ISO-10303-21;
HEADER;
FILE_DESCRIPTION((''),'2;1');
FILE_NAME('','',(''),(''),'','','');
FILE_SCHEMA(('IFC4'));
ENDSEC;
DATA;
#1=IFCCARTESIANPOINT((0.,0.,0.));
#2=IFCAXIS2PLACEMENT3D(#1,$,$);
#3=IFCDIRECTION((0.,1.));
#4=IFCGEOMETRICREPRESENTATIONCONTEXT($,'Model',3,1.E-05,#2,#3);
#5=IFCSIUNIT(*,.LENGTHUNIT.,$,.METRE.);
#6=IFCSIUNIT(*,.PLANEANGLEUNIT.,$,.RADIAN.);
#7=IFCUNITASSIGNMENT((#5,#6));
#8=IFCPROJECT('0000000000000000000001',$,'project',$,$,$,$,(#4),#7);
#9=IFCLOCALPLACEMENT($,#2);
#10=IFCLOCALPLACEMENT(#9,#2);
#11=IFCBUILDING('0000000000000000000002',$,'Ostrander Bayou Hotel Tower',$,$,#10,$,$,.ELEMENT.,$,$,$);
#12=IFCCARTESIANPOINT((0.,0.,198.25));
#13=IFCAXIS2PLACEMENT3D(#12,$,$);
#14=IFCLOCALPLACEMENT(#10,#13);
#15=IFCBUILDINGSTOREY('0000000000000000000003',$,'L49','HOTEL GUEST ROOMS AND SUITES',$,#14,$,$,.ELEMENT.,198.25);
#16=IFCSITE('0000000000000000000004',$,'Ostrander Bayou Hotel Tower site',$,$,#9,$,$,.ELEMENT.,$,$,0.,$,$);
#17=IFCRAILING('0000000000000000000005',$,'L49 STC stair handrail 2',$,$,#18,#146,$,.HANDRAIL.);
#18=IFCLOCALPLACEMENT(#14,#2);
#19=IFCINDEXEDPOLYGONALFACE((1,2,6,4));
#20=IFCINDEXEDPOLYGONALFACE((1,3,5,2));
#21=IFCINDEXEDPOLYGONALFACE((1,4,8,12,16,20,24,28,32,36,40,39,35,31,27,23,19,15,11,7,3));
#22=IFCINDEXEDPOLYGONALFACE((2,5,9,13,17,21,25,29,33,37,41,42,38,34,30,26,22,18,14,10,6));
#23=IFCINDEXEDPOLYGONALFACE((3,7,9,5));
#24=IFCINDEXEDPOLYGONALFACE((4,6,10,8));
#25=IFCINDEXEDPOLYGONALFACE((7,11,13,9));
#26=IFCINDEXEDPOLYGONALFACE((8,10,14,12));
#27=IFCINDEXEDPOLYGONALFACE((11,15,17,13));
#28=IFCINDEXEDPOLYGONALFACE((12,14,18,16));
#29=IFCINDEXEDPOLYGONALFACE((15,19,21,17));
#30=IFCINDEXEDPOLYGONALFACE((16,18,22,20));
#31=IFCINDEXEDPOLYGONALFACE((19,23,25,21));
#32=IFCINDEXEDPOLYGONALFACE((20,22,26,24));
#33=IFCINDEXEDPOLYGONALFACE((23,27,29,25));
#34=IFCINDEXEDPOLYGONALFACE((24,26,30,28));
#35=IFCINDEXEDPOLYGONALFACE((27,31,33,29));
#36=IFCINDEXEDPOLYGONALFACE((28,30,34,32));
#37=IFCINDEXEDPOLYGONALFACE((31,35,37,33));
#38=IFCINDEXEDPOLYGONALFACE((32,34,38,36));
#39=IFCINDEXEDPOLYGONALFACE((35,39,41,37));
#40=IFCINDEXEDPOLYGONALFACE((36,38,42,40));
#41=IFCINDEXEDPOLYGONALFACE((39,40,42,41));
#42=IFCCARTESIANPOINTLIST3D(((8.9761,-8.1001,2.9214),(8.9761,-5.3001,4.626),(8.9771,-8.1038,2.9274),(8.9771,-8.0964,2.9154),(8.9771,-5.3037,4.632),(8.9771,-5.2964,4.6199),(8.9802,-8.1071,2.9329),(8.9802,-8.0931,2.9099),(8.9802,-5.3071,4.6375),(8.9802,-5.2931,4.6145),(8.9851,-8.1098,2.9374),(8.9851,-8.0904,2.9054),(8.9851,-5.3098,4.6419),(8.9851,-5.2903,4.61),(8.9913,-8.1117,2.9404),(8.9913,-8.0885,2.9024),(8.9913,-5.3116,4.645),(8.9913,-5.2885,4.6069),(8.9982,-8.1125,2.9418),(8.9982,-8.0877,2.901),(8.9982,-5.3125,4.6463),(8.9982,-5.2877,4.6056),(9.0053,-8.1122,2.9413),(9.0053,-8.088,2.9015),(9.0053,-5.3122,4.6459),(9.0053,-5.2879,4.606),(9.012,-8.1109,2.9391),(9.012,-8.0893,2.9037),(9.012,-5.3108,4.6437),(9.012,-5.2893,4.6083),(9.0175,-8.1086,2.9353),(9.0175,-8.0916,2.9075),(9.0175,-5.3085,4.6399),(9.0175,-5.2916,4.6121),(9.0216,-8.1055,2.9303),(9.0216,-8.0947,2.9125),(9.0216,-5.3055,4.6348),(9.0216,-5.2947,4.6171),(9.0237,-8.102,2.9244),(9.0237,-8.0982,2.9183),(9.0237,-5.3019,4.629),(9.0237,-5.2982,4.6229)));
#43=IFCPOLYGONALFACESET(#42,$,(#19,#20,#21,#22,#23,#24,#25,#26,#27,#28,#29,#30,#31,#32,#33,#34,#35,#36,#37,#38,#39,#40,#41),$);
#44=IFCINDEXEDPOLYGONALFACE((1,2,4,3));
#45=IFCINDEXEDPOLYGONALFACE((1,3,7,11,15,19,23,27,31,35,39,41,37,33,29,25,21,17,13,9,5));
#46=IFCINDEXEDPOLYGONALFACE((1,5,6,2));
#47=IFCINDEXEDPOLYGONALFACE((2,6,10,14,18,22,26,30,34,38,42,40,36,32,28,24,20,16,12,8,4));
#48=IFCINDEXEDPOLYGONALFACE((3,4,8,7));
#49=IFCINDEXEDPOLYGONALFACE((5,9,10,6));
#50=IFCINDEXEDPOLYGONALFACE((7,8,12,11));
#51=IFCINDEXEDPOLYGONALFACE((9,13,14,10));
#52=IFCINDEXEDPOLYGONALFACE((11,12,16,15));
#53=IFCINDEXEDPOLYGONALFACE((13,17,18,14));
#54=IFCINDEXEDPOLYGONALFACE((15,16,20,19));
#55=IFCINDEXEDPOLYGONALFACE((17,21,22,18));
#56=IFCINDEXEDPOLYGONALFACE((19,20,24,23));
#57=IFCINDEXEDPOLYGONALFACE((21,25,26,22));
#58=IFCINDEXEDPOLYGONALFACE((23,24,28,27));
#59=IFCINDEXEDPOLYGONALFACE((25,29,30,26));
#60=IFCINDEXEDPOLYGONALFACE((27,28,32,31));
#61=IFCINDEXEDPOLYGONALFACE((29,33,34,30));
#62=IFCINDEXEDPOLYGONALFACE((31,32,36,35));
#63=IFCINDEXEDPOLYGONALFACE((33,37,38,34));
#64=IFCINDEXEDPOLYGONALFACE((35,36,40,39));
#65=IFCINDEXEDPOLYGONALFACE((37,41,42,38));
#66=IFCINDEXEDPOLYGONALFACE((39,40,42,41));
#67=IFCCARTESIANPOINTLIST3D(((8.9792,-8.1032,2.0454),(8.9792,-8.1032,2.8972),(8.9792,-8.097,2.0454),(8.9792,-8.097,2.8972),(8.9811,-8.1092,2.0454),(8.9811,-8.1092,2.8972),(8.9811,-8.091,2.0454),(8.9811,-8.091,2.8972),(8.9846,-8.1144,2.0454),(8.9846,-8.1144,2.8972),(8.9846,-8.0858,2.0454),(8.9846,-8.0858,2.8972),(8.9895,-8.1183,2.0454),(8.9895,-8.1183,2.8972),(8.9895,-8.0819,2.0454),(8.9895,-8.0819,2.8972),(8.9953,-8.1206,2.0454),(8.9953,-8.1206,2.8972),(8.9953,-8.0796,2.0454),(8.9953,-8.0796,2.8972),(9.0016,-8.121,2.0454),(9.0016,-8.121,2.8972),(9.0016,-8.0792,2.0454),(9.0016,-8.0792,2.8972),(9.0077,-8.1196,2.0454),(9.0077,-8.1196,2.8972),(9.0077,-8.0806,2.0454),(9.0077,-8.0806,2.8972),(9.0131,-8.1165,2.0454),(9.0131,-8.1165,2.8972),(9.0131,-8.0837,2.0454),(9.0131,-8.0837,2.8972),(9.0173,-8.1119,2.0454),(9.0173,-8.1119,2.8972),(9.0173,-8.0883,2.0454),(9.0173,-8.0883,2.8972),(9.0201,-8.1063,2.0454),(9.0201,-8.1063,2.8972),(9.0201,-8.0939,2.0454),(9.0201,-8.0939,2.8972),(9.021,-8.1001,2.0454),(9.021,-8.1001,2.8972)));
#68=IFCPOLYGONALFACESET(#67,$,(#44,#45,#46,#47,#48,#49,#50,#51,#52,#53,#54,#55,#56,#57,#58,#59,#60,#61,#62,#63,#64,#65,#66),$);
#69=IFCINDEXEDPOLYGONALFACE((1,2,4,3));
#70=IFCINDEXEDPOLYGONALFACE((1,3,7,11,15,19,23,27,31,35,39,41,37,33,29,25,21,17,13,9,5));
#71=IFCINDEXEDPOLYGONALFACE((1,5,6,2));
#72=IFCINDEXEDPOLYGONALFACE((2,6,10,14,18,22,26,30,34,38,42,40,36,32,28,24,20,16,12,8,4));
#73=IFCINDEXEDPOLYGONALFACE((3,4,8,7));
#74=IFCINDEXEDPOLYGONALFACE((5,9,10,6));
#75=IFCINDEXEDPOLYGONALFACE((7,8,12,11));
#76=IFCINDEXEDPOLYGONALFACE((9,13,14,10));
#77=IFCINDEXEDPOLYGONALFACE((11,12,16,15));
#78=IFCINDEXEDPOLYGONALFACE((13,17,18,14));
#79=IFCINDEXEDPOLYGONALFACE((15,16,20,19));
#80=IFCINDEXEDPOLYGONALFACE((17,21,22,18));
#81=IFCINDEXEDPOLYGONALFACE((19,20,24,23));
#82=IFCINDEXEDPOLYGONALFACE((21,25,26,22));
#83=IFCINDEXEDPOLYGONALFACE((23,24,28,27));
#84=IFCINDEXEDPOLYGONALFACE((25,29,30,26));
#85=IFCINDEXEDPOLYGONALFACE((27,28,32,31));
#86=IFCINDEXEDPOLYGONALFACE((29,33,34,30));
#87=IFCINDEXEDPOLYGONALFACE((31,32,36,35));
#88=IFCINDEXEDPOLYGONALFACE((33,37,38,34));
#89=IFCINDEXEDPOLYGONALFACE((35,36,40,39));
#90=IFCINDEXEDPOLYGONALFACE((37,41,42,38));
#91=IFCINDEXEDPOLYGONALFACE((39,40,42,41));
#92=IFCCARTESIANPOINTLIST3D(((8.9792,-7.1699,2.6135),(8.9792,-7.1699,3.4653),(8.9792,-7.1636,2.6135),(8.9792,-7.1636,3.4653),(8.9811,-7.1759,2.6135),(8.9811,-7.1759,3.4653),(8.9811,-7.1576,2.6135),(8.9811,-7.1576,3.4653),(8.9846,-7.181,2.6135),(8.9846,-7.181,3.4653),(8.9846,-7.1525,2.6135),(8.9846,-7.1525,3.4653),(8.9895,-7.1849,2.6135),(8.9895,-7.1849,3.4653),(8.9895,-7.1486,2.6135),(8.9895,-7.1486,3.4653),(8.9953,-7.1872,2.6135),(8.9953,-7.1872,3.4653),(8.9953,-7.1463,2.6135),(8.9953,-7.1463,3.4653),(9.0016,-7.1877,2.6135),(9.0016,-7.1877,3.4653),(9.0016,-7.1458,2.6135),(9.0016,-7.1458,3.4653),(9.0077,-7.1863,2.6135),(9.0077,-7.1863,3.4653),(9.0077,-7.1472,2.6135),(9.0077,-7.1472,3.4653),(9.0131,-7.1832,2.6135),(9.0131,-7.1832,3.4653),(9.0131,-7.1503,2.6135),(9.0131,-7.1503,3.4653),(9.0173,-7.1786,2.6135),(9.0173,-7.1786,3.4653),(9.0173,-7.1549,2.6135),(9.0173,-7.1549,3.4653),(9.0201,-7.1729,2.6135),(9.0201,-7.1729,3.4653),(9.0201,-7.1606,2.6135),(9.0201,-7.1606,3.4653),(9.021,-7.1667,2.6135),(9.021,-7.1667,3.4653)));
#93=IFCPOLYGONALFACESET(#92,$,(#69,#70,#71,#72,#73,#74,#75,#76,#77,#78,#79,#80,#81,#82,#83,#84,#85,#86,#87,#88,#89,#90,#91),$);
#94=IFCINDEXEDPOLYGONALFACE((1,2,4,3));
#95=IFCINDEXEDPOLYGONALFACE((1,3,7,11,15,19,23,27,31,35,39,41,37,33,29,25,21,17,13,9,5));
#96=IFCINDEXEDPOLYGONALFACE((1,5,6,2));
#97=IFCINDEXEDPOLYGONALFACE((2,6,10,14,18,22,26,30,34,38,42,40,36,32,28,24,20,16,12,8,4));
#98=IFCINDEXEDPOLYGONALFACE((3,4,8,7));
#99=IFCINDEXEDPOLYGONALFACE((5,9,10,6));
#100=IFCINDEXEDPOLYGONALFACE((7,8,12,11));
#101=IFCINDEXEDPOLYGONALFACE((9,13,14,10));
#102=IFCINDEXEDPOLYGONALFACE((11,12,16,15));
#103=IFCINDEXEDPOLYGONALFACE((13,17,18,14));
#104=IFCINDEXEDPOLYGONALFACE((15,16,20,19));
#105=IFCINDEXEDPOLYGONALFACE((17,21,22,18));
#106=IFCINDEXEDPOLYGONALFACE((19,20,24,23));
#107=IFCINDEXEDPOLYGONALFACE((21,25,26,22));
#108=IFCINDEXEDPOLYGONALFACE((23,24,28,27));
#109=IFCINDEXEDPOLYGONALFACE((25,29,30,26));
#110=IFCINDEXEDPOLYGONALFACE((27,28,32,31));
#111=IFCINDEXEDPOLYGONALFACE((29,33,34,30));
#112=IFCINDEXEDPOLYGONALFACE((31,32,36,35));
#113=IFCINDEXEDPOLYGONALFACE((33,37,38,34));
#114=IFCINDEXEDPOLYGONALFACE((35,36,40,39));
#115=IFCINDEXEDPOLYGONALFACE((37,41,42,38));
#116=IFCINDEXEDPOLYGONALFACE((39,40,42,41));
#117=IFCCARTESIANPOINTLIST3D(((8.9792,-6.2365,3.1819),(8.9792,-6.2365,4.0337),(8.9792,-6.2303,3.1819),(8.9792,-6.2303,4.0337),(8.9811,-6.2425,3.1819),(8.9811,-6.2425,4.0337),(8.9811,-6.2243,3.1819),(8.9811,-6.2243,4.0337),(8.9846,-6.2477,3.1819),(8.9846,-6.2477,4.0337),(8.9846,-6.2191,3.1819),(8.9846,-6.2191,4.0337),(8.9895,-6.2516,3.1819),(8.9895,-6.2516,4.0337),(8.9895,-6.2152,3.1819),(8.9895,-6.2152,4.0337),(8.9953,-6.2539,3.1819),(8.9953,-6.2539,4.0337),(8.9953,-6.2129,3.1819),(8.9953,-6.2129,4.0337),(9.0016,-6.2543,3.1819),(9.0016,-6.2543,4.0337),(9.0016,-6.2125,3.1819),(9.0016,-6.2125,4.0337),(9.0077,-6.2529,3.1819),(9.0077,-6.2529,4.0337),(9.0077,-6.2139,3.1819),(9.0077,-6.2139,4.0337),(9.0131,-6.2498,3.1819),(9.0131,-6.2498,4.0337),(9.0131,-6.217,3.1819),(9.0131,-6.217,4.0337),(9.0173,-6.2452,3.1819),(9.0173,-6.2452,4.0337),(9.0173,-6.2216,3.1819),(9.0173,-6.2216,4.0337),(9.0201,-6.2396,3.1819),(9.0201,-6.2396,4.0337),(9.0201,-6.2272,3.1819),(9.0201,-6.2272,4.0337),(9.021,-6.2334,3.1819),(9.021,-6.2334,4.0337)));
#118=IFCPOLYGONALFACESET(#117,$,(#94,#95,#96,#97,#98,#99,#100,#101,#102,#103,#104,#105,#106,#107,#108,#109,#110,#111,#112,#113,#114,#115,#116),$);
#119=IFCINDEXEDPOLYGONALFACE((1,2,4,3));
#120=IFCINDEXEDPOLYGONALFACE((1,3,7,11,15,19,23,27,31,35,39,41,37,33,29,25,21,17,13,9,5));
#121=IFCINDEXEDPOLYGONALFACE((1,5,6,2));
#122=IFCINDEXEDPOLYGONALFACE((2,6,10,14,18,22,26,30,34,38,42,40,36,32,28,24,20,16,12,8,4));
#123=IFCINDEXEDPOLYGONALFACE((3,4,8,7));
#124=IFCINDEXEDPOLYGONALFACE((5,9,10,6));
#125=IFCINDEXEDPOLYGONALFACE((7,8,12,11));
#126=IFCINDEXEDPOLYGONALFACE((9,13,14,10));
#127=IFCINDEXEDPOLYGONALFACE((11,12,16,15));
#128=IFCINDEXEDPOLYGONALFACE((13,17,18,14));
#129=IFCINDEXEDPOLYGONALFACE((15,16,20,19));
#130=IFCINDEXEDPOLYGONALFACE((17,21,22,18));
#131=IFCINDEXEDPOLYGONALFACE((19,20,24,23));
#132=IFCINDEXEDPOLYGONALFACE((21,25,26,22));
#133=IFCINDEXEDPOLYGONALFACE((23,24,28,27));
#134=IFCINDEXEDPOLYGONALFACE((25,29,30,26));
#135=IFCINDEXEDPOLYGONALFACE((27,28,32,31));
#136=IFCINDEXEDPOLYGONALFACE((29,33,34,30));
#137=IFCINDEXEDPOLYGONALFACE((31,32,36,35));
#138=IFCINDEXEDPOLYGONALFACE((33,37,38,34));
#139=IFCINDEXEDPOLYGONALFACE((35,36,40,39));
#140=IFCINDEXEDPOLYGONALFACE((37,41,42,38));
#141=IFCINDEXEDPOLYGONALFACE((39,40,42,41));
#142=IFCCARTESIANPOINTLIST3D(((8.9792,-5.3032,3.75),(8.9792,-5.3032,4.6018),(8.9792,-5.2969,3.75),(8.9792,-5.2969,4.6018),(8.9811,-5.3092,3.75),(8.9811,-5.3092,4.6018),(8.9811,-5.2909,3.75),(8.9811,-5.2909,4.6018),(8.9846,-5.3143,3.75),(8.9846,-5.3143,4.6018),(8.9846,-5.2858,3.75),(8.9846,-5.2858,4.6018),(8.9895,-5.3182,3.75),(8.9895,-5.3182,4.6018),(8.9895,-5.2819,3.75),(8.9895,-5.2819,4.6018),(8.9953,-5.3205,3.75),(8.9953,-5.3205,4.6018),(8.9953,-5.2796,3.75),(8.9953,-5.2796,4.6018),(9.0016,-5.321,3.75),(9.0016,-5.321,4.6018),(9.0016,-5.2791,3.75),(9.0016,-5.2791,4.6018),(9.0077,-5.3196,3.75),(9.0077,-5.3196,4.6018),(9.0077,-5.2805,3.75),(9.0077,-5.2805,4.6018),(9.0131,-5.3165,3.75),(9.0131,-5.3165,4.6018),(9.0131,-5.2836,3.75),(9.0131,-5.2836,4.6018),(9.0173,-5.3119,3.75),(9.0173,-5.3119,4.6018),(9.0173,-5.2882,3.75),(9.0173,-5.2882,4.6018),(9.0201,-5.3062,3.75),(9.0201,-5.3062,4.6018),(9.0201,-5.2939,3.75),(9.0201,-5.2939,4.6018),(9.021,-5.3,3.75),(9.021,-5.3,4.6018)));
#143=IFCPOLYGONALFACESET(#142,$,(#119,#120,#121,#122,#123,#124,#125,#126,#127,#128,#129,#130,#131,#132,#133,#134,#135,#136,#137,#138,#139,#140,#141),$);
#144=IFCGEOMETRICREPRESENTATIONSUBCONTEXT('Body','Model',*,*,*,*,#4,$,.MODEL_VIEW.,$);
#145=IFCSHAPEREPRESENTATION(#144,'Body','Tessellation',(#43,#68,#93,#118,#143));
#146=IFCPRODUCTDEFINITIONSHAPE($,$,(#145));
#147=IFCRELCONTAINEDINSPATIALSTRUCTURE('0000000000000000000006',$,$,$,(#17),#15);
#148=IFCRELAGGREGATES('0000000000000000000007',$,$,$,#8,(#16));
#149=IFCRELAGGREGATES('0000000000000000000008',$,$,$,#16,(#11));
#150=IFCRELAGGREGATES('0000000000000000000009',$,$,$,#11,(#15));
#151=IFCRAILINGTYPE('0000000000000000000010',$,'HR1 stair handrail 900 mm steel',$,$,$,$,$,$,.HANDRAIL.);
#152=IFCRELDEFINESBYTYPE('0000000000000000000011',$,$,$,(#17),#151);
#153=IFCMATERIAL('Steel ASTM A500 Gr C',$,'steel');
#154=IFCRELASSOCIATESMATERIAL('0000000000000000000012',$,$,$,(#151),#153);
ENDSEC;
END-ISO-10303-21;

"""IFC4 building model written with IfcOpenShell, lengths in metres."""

from ifc_helpers import new_model, si_unit, direction, frame, origin, origin_2d, place, context, subcontext, project, spatial, circle, extrude, material, type_object, element, save


model = new_model("IFC4")

# Units and contexts
model_context = context("Model", 3, precision=1e-05, world=origin(), true_north=direction((0.0, 1.0)))
body_context = subcontext(model_context, "Body", "Model", "MODEL_VIEW")
ifc_project = project(units=[si_unit("LENGTHUNIT", "METRE"), si_unit("PLANEANGLEUNIT", "RADIAN")], contexts=[model_context])

# Site, building, storey
site_placement = place(None, origin())
site = spatial("IfcSite", under=ifc_project, at=site_placement, Name="Ostrander Bayou Hotel Tower site", CompositionType="ELEMENT", RefElevation=0.0)
building_placement = place(site_placement, origin())
building = spatial("IfcBuilding", under=site, at=building_placement, Name="Ostrander Bayou Hotel Tower", CompositionType="ELEMENT")
storey_placement = place(building_placement, frame((0.0, 0.0, 198.25)))
storey = spatial("IfcBuildingStorey", under=building, at=storey_placement, Name="L49", Description="HOTEL GUEST ROOMS AND SUITES", CompositionType="ELEMENT", Elevation=198.25)

# Railing
ifc_material_1 = material(Name="Steel ASTM A500 Gr C", Category="steel")
railing_type_1 = type_object("IfcRailingType", Name="HR1 stair handrail 900 mm steel", PredefinedType="HANDRAIL", material=ifc_material_1)
railing_1_placement = place(storey_placement, frame((9.0, -8.1001, 2.0454)))
element("IfcRailing", 1, at=railing_1_placement, inside=storey, type_object=railing_type_1, Name="L49 STC stair handrail 2", PredefinedType="HANDRAIL", context=body_context, shape_type="SweptSolid", body=[
    extrude(circle(Radius=0.0239, at=origin_2d()), frame((0.0, 0.0, 0.876), z_axis=(0.0, 0.85417, 0.519994), x_axis=(-1.0, 0.0, 0.0)), (0.0, 0.0, 1.0), 3.2781),
    extrude(circle(Radius=0.021, at=origin_2d()), origin(), (0.0, 0.0, 1.0), 0.8518),
    extrude(circle(Radius=0.021, at=origin_2d()), frame((0.0, 0.9333, 0.5681)), (0.0, 0.0, 1.0), 0.8518),
    extrude(circle(Radius=0.021, at=origin_2d()), frame((0.0, 1.8667, 1.1365)), (0.0, 0.0, 1.0), 0.8518),
    extrude(circle(Radius=0.021, at=origin_2d()), frame((0.0, 2.8, 1.7046)), (0.0, 0.0, 1.0), 0.8518),
])

save(model, "model.ifc")
